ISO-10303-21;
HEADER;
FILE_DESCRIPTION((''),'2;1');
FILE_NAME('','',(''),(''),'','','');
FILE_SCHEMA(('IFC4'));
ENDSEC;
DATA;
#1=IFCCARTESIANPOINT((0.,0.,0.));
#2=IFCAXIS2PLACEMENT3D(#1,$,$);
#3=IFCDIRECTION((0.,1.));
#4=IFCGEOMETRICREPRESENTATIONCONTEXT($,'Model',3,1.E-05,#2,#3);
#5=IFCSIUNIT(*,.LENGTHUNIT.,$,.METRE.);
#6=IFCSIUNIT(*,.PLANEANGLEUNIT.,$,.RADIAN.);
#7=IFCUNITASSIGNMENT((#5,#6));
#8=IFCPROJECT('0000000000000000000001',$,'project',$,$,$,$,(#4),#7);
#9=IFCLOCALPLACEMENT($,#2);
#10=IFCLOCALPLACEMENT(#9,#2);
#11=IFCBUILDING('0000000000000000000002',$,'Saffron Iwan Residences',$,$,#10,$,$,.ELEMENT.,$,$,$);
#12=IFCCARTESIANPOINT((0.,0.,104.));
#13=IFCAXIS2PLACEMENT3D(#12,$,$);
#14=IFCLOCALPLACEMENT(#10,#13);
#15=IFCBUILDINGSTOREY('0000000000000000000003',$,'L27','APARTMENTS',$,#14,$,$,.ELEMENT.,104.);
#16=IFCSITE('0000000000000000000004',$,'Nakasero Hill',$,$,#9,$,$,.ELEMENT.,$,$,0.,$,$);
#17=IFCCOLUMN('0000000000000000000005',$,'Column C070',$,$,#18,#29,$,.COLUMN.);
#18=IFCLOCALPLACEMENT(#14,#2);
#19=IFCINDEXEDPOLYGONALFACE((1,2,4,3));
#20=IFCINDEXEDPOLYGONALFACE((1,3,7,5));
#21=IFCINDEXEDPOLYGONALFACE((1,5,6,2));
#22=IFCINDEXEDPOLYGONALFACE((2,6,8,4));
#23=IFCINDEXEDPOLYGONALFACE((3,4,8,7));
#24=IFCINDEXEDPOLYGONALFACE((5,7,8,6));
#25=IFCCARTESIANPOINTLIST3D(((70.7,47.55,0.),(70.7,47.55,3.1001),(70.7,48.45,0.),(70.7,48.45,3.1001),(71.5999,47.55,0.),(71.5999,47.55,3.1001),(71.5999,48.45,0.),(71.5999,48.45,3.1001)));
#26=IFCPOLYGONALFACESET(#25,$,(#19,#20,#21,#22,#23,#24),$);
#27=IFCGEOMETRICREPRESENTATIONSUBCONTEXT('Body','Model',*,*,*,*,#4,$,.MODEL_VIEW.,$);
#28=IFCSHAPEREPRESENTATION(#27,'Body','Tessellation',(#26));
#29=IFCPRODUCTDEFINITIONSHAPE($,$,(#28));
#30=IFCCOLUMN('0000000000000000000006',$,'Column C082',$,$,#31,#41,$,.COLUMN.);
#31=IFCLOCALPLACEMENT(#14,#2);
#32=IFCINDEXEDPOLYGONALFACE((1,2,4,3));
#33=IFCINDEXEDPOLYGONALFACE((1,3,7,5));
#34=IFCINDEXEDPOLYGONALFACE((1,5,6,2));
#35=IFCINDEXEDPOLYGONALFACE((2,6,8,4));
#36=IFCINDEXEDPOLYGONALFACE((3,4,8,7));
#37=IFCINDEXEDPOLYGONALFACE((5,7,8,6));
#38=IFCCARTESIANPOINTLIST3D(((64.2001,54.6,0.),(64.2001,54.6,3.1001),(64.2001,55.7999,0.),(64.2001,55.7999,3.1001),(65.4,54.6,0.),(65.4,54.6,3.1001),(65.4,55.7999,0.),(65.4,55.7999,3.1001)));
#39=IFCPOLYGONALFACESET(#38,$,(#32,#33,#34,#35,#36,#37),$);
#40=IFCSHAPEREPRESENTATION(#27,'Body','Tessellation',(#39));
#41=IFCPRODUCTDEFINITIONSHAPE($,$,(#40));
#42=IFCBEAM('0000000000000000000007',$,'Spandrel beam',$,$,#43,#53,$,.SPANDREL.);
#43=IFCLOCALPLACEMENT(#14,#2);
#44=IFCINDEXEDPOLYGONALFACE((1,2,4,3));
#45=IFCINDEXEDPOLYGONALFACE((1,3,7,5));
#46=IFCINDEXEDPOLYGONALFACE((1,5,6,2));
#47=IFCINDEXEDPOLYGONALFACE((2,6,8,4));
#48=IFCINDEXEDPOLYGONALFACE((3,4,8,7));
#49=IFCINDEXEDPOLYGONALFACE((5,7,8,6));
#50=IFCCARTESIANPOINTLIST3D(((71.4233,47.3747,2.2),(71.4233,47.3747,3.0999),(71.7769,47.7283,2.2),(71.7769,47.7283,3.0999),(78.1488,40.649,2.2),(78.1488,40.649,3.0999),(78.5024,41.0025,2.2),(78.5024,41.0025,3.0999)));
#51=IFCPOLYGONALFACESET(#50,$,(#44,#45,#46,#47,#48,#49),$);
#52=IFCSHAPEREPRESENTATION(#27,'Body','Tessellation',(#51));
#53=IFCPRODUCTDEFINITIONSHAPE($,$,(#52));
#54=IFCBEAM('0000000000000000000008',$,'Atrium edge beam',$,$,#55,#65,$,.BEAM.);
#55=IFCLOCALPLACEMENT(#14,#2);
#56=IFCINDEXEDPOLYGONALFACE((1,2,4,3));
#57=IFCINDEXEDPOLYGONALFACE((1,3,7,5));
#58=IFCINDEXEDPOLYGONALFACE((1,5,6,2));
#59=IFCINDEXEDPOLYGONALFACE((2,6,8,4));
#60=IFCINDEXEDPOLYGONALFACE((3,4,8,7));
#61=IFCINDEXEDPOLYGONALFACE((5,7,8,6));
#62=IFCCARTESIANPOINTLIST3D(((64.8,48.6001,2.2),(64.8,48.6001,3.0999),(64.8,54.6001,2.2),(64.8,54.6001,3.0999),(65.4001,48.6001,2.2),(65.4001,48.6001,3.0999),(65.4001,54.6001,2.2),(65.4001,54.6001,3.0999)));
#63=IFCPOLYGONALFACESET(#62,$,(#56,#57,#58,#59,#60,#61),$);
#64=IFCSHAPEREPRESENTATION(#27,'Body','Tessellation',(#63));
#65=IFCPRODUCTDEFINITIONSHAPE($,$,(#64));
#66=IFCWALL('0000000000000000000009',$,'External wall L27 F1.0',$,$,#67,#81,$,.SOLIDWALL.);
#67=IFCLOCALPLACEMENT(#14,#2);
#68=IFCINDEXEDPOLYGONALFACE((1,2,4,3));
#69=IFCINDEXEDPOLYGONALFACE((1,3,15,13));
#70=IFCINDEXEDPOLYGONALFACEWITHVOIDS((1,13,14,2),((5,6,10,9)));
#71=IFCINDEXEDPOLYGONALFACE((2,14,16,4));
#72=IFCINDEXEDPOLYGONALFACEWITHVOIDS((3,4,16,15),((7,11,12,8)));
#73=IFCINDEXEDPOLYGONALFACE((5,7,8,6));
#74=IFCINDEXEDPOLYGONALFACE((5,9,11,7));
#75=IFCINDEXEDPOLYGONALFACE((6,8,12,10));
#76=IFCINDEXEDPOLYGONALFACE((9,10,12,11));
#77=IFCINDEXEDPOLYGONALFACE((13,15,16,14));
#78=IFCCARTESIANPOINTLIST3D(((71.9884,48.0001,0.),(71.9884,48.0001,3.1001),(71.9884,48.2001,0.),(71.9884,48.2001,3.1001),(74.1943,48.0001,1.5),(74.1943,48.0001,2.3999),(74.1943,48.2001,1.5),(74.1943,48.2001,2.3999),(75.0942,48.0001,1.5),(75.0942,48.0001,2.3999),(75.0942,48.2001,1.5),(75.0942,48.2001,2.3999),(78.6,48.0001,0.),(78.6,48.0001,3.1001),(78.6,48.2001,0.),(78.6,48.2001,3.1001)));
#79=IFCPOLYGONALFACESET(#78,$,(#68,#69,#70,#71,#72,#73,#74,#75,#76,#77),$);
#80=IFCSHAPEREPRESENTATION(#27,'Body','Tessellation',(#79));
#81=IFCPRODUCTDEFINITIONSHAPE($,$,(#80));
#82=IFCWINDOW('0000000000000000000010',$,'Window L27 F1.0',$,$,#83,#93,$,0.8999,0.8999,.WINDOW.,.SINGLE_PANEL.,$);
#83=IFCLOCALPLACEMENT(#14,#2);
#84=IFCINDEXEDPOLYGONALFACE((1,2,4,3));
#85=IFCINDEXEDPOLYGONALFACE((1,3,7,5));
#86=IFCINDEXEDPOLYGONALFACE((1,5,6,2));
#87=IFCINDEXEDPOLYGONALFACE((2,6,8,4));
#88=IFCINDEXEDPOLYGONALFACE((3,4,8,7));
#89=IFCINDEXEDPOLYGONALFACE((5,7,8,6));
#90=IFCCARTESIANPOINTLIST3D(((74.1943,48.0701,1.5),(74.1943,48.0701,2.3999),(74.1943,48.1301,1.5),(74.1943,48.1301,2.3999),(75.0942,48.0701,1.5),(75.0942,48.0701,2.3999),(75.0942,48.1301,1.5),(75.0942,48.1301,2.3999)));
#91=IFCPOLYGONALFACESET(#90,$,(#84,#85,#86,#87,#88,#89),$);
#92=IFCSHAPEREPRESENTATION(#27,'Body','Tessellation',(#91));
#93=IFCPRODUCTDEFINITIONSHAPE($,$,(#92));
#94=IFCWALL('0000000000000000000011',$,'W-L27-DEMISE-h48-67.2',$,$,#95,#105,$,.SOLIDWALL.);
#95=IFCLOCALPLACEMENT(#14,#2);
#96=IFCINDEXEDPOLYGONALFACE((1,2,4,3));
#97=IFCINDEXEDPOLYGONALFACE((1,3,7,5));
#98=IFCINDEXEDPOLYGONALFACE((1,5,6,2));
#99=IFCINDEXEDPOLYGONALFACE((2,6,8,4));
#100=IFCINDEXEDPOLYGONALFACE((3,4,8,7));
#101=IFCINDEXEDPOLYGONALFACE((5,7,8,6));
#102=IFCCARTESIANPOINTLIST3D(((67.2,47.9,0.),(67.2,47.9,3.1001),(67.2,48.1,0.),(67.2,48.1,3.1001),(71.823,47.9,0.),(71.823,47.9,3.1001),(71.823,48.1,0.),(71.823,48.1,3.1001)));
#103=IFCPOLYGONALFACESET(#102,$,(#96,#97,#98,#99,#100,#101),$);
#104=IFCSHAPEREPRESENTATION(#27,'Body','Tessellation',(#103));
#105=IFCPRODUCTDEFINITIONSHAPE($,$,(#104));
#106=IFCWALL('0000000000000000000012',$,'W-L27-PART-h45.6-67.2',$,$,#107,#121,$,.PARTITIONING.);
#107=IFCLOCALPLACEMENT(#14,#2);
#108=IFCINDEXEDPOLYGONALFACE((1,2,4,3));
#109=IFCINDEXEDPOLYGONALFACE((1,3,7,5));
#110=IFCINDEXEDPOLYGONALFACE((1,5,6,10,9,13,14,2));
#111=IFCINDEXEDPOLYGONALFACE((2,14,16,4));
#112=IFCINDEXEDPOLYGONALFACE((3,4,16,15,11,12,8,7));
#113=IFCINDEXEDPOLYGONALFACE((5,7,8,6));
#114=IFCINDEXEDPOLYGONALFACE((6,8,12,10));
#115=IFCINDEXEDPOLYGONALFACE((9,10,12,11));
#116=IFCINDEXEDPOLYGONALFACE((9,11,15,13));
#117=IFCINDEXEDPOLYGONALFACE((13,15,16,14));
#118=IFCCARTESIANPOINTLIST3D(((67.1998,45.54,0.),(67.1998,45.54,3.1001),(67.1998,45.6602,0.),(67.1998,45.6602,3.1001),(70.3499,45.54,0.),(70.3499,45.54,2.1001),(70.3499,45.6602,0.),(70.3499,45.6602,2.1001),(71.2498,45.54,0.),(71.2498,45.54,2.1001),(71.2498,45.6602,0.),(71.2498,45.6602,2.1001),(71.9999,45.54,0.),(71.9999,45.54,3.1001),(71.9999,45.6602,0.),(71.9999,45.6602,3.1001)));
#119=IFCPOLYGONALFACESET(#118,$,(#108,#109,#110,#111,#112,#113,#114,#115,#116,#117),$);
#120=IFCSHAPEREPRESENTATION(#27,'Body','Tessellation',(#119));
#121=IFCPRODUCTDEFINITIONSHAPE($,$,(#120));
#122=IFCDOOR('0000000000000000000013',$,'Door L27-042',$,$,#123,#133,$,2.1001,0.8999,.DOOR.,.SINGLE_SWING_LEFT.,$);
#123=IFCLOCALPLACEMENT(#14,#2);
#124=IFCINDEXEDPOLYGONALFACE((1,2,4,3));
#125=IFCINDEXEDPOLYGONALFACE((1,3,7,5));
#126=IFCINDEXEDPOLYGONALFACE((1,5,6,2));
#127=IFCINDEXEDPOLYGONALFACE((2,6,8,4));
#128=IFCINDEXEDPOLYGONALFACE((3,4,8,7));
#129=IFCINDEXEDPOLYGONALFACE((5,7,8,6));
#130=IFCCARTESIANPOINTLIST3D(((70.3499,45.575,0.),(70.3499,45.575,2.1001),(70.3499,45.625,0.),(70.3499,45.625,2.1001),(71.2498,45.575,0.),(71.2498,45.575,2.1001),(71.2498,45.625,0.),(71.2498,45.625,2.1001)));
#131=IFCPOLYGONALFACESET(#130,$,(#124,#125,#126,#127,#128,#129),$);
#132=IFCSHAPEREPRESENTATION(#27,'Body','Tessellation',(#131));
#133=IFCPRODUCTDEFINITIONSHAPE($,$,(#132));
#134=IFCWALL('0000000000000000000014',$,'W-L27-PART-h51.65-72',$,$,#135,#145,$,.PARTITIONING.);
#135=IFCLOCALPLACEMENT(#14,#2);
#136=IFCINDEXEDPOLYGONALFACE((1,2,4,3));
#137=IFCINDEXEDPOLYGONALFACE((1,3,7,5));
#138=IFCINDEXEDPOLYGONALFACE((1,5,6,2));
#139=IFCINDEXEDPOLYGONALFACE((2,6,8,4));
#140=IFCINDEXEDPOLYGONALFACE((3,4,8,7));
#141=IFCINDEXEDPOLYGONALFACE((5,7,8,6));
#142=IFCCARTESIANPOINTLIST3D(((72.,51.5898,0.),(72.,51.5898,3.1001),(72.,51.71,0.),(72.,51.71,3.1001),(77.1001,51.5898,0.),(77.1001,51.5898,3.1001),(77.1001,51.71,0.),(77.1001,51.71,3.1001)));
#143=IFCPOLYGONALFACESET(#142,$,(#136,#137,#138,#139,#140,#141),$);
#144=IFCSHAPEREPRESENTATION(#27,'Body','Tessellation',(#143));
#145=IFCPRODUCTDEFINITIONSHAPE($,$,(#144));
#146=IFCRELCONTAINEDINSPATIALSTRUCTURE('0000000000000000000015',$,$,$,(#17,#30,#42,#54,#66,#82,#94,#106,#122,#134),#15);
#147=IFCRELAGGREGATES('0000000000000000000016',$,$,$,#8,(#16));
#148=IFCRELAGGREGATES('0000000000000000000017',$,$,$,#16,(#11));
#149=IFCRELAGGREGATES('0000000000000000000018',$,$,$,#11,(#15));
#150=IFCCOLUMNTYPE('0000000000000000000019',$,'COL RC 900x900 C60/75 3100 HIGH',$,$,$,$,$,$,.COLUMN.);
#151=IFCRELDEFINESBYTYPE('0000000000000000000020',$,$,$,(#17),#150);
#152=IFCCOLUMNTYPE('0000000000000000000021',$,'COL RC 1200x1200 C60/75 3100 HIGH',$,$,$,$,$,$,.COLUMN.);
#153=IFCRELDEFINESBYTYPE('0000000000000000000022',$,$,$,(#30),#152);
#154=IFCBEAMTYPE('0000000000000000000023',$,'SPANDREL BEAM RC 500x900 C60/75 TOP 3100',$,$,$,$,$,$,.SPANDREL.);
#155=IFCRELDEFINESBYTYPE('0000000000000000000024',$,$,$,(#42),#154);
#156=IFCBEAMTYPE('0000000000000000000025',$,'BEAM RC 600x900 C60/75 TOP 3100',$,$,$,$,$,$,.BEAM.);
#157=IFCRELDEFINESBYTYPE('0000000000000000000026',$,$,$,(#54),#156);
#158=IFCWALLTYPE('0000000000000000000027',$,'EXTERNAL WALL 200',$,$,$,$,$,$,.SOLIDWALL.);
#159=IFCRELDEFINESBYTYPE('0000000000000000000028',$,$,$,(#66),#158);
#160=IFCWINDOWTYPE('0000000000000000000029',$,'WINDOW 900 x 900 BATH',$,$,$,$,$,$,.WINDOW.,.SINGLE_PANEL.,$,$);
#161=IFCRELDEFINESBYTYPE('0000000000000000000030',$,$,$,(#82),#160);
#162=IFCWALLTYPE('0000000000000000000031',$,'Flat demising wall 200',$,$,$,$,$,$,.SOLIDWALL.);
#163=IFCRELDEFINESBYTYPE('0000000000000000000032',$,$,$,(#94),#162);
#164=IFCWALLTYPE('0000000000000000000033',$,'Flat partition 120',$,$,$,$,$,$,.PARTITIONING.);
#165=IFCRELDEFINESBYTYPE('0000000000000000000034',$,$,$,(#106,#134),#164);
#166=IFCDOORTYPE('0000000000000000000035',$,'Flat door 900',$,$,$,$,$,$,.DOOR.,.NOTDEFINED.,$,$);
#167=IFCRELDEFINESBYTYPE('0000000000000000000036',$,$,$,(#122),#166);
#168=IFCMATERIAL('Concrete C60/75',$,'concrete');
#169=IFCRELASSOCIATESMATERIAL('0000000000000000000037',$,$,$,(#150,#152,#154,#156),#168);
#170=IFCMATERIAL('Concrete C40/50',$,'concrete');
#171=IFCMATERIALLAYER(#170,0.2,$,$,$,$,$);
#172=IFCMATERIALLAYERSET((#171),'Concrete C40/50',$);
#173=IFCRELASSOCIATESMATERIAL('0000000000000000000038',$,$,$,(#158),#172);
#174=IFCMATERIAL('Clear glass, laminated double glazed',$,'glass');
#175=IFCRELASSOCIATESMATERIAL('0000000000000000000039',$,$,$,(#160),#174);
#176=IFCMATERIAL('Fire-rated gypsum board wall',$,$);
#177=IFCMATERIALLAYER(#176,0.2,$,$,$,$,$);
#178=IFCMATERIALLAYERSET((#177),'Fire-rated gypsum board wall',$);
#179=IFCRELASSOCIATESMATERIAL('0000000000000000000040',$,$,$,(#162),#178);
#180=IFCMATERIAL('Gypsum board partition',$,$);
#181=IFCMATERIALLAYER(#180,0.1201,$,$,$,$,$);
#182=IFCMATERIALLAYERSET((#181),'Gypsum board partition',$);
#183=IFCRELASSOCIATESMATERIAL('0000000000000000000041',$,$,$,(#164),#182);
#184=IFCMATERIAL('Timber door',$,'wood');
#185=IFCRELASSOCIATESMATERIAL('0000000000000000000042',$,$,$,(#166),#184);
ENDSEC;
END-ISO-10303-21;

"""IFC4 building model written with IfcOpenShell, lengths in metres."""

from ifc_helpers import new_model, si_unit, direction, frame, frame_2d, origin, origin_2d, place, context, subcontext, project, spatial, rectangle, extrude, source, transform, mapped, material, layer, layer_set, material_profile, profile_set, type_object, element, fill, save


model = new_model("IFC4")

# Units and contexts
model_context = context("Model", 3, precision=1e-05, world=origin(), true_north=direction((0.0, 1.0)))
body_context = subcontext(model_context, "Body", "Model", "MODEL_VIEW")
ifc_project = project(units=[si_unit("LENGTHUNIT", "METRE"), si_unit("PLANEANGLEUNIT", "RADIAN")], contexts=[model_context])

# Site, building, storey
site_placement = place(None, origin())
site = spatial("IfcSite", under=ifc_project, at=site_placement, Name="Nakasero Hill", CompositionType="ELEMENT", RefElevation=0.0)
building_placement = place(site_placement, origin())
building = spatial("IfcBuilding", under=site, at=building_placement, Name="Saffron Iwan Residences", CompositionType="ELEMENT")
storey_placement = place(building_placement, frame((0.0, 0.0, 104.0)))
storey = spatial("IfcBuildingStorey", under=building, at=storey_placement, Name="L27", Description="APARTMENTS", CompositionType="ELEMENT", Elevation=104.0)

# Columns
ifc_material_1 = material(Name="Concrete C60/75", Category="concrete")
ifc_material_profile_1 = material_profile(ifc_material_1, rectangle(XDim=0.8999, YDim=0.8999, at=origin_2d()), Name="RC 900x900")
ifc_profile_set_1 = profile_set([ifc_material_profile_1], Name="Concrete C60/75")
column_type_1 = type_object("IfcColumnType", Name="COL RC 900x900 C60/75 3100 HIGH", PredefinedType="COLUMN", material=ifc_profile_set_1)
shared_shape_1 = source(origin(), body_context, "Body", "SweptSolid", [
    extrude(rectangle(XDim=0.8999, YDim=0.8999, at=origin_2d()), origin(), (0.0, 0.0, 1.0), 3.1001),
])
column_1_placement = place(storey_placement, frame((71.1499, 48.0, 0.0), z_axis=(0.0, 0.0, 1.0), x_axis=(1.0, 0.0, 0.0)))
element("IfcColumn", 1, at=column_1_placement, inside=storey, type_object=column_type_1, Name="Column C070", PredefinedType="COLUMN", context=body_context, shape_type="MappedRepresentation", body=[
    mapped(shared_shape_1, transform((0.0, 0.0, 0.0))),
])
ifc_material_profile_2 = material_profile(ifc_material_1, rectangle(XDim=1.2, YDim=1.2, at=origin_2d()), Name="RC 1200x1200")
ifc_profile_set_2 = profile_set([ifc_material_profile_2], Name="Concrete C60/75")
column_type_2 = type_object("IfcColumnType", Name="COL RC 1200x1200 C60/75 3100 HIGH", PredefinedType="COLUMN", material=ifc_profile_set_2)
shared_shape_2 = source(origin(), body_context, "Body", "SweptSolid", [
    extrude(rectangle(XDim=1.2, YDim=1.2, at=origin_2d()), origin(), (0.0, 0.0, 1.0), 3.1001),
])
column_2_placement = place(storey_placement, frame((64.8, 55.2, 0.0), z_axis=(0.0, 0.0, 1.0), x_axis=(1.0, 0.0, 0.0)))
element("IfcColumn", 2, at=column_2_placement, inside=storey, type_object=column_type_2, Name="Column C082", PredefinedType="COLUMN", context=body_context, shape_type="MappedRepresentation", body=[
    mapped(shared_shape_2, transform((0.0, 0.0, 0.0))),
])

# Beams
ifc_material_profile_3 = material_profile(ifc_material_1, rectangle(XDim=0.5, YDim=0.8999, at=origin_2d()), Name="RC 500x900")
ifc_profile_set_3 = profile_set([ifc_material_profile_3], Name="Concrete C60/75")
beam_type_1 = type_object("IfcBeamType", Name="SPANDREL BEAM RC 500x900 C60/75 TOP 3100", PredefinedType="SPANDREL", material=ifc_profile_set_3)
shared_shape_3 = source(origin(), body_context, "Body", "SweptSolid", [
    extrude(rectangle(XDim=0.5, YDim=0.8999, at=origin_2d()), origin(), (0.0, 0.0, 1.0), 9.5115),
])
beam_1_placement = place(storey_placement, frame((71.6001, 47.5515, 2.6499), z_axis=(0.707094, -0.70712, 0.0), x_axis=(0.70712, 0.707094, 0.0)))
element("IfcBeam", 3, at=beam_1_placement, inside=storey, type_object=beam_type_1, Name="Spandrel beam", PredefinedType="SPANDREL", context=body_context, shape_type="MappedRepresentation", body=[
    mapped(shared_shape_3, transform((0.0, 0.0, 0.0))),
])
ifc_material_profile_4 = material_profile(ifc_material_1, rectangle(XDim=0.6001, YDim=0.8999, at=origin_2d()), Name="RC 600x900")
ifc_profile_set_4 = profile_set([ifc_material_profile_4], Name="Concrete C60/75")
beam_type_2 = type_object("IfcBeamType", Name="BEAM RC 600x900 C60/75 TOP 3100", PredefinedType="BEAM", material=ifc_profile_set_4)
shared_shape_4 = source(origin(), body_context, "Body", "SweptSolid", [
    extrude(rectangle(XDim=0.6001, YDim=0.8999, at=origin_2d()), origin(), (0.0, 0.0, 1.0), 6.0),
])
beam_2_placement = place(storey_placement, frame((65.1001, 54.6001, 2.6499), z_axis=(0.0, -1.0, 0.0), x_axis=(1.0, 0.0, 0.0)))
element("IfcBeam", 4, at=beam_2_placement, inside=storey, type_object=beam_type_2, Name="Atrium edge beam", PredefinedType="BEAM", context=body_context, shape_type="MappedRepresentation", body=[
    mapped(shared_shape_4, transform((0.0, 0.0, 0.0))),
])

# Wall, opening, window
ifc_material_2 = material(Name="Concrete C40/50", Category="concrete")
ifc_layer_1 = layer(ifc_material_2, 0.2)
ifc_layer_set_1 = layer_set([ifc_layer_1], Name="Concrete C40/50")
wall_type_1 = type_object("IfcWallType", Name="EXTERNAL WALL 200", PredefinedType="SOLIDWALL", material=ifc_layer_set_1)
wall_1_placement = place(storey_placement, frame((71.9885, 48.1001, 0.0), z_axis=(0.0, 0.0, 1.0), x_axis=(1.0, 0.0, 0.0)))
wall_1 = element("IfcWall", 5, at=wall_1_placement, inside=storey, type_object=wall_type_1, Name="External wall L27 F1.0", PredefinedType="SOLIDWALL", context=body_context, shape_type="SweptSolid", body=[
    extrude(rectangle(XDim=6.6116, YDim=0.2, at=frame_2d((3.3057, 0.0))), origin(), (0.0, 0.0, 1.0), 3.1001),
])
opening_1_placement = place(wall_1_placement, frame((2.2058, 0.0, 1.5)))
opening_1 = element("IfcOpeningElement", 6, at=opening_1_placement, cuts=wall_1, PredefinedType="OPENING", context=body_context, shape_type="SweptSolid", body=[
    extrude(rectangle(XDim=0.8999, YDim=0.8999, at=frame_2d((0.45, 0.45))), frame((0.0, 0.1099, 0.0), z_axis=(0.0, -1.0, 0.0), x_axis=(1.0, 0.0, 0.0)), (0.0, 0.0, 1.0), 0.22),
])
ifc_material_3 = material(Name="Clear glass, laminated double glazed", Category="glass")
window_type = type_object("IfcWindowType", Name="WINDOW 900 x 900 BATH", PartitioningType="SINGLE_PANEL", PredefinedType="WINDOW", material=ifc_material_3)
window_placement = place(opening_1_placement, origin())
window = element("IfcWindow", 7, at=window_placement, inside=storey, type_object=window_type, Name="Window L27 F1.0", OverallHeight=0.8999, OverallWidth=0.8999, PartitioningType="SINGLE_PANEL", PredefinedType="WINDOW", context=body_context, shape_type="SweptSolid", body=[
    extrude(rectangle(XDim=0.8999, YDim=0.8999, at=frame_2d((0.45, 0.45))), frame((0.0, 0.03, 0.0), z_axis=(0.0, -1.0, 0.0), x_axis=(1.0, 0.0, 0.0)), (0.0, 0.0, 1.0), 0.0601),
])
fill(opening_1, window)

# Wall
ifc_material_4 = material(Name="Fire-rated gypsum board wall")
ifc_layer_2 = layer(ifc_material_4, 0.2)
ifc_layer_set_2 = layer_set([ifc_layer_2], Name="Fire-rated gypsum board wall")
wall_type_2 = type_object("IfcWallType", Name="Flat demising wall 200", PredefinedType="SOLIDWALL", material=ifc_layer_set_2)
wall_2_placement = place(storey_placement, frame((67.2, 48.0, 0.0), z_axis=(0.0, 0.0, 1.0), x_axis=(1.0, 0.0, 0.0)))
element("IfcWall", 8, at=wall_2_placement, inside=storey, type_object=wall_type_2, Name="W-L27-DEMISE-h48-67.2", PredefinedType="SOLIDWALL", context=body_context, shape_type="SweptSolid", body=[
    extrude(rectangle(XDim=4.623, YDim=0.2, at=frame_2d((2.3115, 0.0))), origin(), (0.0, 0.0, 1.0), 3.1001),
])

# Wall, opening, door
ifc_material_5 = material(Name="Gypsum board partition")
ifc_layer_3 = layer(ifc_material_5, 0.1201)
ifc_layer_set_3 = layer_set([ifc_layer_3], Name="Gypsum board partition")
wall_type_3 = type_object("IfcWallType", Name="Flat partition 120", PredefinedType="PARTITIONING", material=ifc_layer_set_3)
wall_3_placement = place(storey_placement, frame((67.2, 45.6001, 0.0), z_axis=(0.0, 0.0, 1.0), x_axis=(1.0, 0.0, 0.0)))
wall_3 = element("IfcWall", 9, at=wall_3_placement, inside=storey, type_object=wall_type_3, Name="W-L27-PART-h45.6-67.2", PredefinedType="PARTITIONING", context=body_context, shape_type="SweptSolid", body=[
    extrude(rectangle(XDim=4.8, YDim=0.1201, at=frame_2d((2.3999, 0.0))), origin(), (0.0, 0.0, 1.0), 3.1001),
])
opening_2_placement = place(wall_3_placement, frame((3.1499, 0.0, 0.0)))
opening_2 = element("IfcOpeningElement", 10, at=opening_2_placement, cuts=wall_3, PredefinedType="OPENING", context=body_context, shape_type="SweptSolid", body=[
    extrude(rectangle(XDim=0.8999, YDim=2.1001, at=frame_2d((0.45, 1.05))), frame((0.0, 0.0701, 0.0), z_axis=(0.0, -1.0, 0.0), x_axis=(1.0, 0.0, 0.0)), (0.0, 0.0, 1.0), 0.1401),
])
ifc_material_6 = material(Name="Timber door", Category="wood")
door_type_1 = type_object("IfcDoorType", Name="Flat door 900", OperationType="NOTDEFINED", PredefinedType="DOOR", material=ifc_material_6)
door_1_placement = place(opening_2_placement, origin())
door_1 = element("IfcDoor", 11, at=door_1_placement, inside=storey, type_object=door_type_1, Name="Door L27-042", OperationType="SINGLE_SWING_LEFT", OverallHeight=2.1001, OverallWidth=0.8999, PredefinedType="DOOR", context=body_context, shape_type="SweptSolid", body=[
    extrude(rectangle(XDim=0.8999, YDim=2.1001, at=frame_2d((0.45, 1.05))), frame((0.0, 0.0249, 0.0), z_axis=(0.0, -1.0, 0.0), x_axis=(1.0, 0.0, 0.0)), (0.0, 0.0, 1.0), 0.05),
])
fill(opening_2, door_1)

# Wall
wall_4_placement = place(storey_placement, frame((72.0, 51.6499, 0.0), z_axis=(0.0, 0.0, 1.0), x_axis=(1.0, 0.0, 0.0)))
element("IfcWall", 12, at=wall_4_placement, inside=storey, type_object=wall_type_3, Name="W-L27-PART-h51.65-72", PredefinedType="PARTITIONING", context=body_context, shape_type="SweptSolid", body=[
    extrude(rectangle(XDim=5.1001, YDim=0.1201, at=frame_2d((2.55, 0.0))), origin(), (0.0, 0.0, 1.0), 3.1001),
])

save(model, "model.ifc")
